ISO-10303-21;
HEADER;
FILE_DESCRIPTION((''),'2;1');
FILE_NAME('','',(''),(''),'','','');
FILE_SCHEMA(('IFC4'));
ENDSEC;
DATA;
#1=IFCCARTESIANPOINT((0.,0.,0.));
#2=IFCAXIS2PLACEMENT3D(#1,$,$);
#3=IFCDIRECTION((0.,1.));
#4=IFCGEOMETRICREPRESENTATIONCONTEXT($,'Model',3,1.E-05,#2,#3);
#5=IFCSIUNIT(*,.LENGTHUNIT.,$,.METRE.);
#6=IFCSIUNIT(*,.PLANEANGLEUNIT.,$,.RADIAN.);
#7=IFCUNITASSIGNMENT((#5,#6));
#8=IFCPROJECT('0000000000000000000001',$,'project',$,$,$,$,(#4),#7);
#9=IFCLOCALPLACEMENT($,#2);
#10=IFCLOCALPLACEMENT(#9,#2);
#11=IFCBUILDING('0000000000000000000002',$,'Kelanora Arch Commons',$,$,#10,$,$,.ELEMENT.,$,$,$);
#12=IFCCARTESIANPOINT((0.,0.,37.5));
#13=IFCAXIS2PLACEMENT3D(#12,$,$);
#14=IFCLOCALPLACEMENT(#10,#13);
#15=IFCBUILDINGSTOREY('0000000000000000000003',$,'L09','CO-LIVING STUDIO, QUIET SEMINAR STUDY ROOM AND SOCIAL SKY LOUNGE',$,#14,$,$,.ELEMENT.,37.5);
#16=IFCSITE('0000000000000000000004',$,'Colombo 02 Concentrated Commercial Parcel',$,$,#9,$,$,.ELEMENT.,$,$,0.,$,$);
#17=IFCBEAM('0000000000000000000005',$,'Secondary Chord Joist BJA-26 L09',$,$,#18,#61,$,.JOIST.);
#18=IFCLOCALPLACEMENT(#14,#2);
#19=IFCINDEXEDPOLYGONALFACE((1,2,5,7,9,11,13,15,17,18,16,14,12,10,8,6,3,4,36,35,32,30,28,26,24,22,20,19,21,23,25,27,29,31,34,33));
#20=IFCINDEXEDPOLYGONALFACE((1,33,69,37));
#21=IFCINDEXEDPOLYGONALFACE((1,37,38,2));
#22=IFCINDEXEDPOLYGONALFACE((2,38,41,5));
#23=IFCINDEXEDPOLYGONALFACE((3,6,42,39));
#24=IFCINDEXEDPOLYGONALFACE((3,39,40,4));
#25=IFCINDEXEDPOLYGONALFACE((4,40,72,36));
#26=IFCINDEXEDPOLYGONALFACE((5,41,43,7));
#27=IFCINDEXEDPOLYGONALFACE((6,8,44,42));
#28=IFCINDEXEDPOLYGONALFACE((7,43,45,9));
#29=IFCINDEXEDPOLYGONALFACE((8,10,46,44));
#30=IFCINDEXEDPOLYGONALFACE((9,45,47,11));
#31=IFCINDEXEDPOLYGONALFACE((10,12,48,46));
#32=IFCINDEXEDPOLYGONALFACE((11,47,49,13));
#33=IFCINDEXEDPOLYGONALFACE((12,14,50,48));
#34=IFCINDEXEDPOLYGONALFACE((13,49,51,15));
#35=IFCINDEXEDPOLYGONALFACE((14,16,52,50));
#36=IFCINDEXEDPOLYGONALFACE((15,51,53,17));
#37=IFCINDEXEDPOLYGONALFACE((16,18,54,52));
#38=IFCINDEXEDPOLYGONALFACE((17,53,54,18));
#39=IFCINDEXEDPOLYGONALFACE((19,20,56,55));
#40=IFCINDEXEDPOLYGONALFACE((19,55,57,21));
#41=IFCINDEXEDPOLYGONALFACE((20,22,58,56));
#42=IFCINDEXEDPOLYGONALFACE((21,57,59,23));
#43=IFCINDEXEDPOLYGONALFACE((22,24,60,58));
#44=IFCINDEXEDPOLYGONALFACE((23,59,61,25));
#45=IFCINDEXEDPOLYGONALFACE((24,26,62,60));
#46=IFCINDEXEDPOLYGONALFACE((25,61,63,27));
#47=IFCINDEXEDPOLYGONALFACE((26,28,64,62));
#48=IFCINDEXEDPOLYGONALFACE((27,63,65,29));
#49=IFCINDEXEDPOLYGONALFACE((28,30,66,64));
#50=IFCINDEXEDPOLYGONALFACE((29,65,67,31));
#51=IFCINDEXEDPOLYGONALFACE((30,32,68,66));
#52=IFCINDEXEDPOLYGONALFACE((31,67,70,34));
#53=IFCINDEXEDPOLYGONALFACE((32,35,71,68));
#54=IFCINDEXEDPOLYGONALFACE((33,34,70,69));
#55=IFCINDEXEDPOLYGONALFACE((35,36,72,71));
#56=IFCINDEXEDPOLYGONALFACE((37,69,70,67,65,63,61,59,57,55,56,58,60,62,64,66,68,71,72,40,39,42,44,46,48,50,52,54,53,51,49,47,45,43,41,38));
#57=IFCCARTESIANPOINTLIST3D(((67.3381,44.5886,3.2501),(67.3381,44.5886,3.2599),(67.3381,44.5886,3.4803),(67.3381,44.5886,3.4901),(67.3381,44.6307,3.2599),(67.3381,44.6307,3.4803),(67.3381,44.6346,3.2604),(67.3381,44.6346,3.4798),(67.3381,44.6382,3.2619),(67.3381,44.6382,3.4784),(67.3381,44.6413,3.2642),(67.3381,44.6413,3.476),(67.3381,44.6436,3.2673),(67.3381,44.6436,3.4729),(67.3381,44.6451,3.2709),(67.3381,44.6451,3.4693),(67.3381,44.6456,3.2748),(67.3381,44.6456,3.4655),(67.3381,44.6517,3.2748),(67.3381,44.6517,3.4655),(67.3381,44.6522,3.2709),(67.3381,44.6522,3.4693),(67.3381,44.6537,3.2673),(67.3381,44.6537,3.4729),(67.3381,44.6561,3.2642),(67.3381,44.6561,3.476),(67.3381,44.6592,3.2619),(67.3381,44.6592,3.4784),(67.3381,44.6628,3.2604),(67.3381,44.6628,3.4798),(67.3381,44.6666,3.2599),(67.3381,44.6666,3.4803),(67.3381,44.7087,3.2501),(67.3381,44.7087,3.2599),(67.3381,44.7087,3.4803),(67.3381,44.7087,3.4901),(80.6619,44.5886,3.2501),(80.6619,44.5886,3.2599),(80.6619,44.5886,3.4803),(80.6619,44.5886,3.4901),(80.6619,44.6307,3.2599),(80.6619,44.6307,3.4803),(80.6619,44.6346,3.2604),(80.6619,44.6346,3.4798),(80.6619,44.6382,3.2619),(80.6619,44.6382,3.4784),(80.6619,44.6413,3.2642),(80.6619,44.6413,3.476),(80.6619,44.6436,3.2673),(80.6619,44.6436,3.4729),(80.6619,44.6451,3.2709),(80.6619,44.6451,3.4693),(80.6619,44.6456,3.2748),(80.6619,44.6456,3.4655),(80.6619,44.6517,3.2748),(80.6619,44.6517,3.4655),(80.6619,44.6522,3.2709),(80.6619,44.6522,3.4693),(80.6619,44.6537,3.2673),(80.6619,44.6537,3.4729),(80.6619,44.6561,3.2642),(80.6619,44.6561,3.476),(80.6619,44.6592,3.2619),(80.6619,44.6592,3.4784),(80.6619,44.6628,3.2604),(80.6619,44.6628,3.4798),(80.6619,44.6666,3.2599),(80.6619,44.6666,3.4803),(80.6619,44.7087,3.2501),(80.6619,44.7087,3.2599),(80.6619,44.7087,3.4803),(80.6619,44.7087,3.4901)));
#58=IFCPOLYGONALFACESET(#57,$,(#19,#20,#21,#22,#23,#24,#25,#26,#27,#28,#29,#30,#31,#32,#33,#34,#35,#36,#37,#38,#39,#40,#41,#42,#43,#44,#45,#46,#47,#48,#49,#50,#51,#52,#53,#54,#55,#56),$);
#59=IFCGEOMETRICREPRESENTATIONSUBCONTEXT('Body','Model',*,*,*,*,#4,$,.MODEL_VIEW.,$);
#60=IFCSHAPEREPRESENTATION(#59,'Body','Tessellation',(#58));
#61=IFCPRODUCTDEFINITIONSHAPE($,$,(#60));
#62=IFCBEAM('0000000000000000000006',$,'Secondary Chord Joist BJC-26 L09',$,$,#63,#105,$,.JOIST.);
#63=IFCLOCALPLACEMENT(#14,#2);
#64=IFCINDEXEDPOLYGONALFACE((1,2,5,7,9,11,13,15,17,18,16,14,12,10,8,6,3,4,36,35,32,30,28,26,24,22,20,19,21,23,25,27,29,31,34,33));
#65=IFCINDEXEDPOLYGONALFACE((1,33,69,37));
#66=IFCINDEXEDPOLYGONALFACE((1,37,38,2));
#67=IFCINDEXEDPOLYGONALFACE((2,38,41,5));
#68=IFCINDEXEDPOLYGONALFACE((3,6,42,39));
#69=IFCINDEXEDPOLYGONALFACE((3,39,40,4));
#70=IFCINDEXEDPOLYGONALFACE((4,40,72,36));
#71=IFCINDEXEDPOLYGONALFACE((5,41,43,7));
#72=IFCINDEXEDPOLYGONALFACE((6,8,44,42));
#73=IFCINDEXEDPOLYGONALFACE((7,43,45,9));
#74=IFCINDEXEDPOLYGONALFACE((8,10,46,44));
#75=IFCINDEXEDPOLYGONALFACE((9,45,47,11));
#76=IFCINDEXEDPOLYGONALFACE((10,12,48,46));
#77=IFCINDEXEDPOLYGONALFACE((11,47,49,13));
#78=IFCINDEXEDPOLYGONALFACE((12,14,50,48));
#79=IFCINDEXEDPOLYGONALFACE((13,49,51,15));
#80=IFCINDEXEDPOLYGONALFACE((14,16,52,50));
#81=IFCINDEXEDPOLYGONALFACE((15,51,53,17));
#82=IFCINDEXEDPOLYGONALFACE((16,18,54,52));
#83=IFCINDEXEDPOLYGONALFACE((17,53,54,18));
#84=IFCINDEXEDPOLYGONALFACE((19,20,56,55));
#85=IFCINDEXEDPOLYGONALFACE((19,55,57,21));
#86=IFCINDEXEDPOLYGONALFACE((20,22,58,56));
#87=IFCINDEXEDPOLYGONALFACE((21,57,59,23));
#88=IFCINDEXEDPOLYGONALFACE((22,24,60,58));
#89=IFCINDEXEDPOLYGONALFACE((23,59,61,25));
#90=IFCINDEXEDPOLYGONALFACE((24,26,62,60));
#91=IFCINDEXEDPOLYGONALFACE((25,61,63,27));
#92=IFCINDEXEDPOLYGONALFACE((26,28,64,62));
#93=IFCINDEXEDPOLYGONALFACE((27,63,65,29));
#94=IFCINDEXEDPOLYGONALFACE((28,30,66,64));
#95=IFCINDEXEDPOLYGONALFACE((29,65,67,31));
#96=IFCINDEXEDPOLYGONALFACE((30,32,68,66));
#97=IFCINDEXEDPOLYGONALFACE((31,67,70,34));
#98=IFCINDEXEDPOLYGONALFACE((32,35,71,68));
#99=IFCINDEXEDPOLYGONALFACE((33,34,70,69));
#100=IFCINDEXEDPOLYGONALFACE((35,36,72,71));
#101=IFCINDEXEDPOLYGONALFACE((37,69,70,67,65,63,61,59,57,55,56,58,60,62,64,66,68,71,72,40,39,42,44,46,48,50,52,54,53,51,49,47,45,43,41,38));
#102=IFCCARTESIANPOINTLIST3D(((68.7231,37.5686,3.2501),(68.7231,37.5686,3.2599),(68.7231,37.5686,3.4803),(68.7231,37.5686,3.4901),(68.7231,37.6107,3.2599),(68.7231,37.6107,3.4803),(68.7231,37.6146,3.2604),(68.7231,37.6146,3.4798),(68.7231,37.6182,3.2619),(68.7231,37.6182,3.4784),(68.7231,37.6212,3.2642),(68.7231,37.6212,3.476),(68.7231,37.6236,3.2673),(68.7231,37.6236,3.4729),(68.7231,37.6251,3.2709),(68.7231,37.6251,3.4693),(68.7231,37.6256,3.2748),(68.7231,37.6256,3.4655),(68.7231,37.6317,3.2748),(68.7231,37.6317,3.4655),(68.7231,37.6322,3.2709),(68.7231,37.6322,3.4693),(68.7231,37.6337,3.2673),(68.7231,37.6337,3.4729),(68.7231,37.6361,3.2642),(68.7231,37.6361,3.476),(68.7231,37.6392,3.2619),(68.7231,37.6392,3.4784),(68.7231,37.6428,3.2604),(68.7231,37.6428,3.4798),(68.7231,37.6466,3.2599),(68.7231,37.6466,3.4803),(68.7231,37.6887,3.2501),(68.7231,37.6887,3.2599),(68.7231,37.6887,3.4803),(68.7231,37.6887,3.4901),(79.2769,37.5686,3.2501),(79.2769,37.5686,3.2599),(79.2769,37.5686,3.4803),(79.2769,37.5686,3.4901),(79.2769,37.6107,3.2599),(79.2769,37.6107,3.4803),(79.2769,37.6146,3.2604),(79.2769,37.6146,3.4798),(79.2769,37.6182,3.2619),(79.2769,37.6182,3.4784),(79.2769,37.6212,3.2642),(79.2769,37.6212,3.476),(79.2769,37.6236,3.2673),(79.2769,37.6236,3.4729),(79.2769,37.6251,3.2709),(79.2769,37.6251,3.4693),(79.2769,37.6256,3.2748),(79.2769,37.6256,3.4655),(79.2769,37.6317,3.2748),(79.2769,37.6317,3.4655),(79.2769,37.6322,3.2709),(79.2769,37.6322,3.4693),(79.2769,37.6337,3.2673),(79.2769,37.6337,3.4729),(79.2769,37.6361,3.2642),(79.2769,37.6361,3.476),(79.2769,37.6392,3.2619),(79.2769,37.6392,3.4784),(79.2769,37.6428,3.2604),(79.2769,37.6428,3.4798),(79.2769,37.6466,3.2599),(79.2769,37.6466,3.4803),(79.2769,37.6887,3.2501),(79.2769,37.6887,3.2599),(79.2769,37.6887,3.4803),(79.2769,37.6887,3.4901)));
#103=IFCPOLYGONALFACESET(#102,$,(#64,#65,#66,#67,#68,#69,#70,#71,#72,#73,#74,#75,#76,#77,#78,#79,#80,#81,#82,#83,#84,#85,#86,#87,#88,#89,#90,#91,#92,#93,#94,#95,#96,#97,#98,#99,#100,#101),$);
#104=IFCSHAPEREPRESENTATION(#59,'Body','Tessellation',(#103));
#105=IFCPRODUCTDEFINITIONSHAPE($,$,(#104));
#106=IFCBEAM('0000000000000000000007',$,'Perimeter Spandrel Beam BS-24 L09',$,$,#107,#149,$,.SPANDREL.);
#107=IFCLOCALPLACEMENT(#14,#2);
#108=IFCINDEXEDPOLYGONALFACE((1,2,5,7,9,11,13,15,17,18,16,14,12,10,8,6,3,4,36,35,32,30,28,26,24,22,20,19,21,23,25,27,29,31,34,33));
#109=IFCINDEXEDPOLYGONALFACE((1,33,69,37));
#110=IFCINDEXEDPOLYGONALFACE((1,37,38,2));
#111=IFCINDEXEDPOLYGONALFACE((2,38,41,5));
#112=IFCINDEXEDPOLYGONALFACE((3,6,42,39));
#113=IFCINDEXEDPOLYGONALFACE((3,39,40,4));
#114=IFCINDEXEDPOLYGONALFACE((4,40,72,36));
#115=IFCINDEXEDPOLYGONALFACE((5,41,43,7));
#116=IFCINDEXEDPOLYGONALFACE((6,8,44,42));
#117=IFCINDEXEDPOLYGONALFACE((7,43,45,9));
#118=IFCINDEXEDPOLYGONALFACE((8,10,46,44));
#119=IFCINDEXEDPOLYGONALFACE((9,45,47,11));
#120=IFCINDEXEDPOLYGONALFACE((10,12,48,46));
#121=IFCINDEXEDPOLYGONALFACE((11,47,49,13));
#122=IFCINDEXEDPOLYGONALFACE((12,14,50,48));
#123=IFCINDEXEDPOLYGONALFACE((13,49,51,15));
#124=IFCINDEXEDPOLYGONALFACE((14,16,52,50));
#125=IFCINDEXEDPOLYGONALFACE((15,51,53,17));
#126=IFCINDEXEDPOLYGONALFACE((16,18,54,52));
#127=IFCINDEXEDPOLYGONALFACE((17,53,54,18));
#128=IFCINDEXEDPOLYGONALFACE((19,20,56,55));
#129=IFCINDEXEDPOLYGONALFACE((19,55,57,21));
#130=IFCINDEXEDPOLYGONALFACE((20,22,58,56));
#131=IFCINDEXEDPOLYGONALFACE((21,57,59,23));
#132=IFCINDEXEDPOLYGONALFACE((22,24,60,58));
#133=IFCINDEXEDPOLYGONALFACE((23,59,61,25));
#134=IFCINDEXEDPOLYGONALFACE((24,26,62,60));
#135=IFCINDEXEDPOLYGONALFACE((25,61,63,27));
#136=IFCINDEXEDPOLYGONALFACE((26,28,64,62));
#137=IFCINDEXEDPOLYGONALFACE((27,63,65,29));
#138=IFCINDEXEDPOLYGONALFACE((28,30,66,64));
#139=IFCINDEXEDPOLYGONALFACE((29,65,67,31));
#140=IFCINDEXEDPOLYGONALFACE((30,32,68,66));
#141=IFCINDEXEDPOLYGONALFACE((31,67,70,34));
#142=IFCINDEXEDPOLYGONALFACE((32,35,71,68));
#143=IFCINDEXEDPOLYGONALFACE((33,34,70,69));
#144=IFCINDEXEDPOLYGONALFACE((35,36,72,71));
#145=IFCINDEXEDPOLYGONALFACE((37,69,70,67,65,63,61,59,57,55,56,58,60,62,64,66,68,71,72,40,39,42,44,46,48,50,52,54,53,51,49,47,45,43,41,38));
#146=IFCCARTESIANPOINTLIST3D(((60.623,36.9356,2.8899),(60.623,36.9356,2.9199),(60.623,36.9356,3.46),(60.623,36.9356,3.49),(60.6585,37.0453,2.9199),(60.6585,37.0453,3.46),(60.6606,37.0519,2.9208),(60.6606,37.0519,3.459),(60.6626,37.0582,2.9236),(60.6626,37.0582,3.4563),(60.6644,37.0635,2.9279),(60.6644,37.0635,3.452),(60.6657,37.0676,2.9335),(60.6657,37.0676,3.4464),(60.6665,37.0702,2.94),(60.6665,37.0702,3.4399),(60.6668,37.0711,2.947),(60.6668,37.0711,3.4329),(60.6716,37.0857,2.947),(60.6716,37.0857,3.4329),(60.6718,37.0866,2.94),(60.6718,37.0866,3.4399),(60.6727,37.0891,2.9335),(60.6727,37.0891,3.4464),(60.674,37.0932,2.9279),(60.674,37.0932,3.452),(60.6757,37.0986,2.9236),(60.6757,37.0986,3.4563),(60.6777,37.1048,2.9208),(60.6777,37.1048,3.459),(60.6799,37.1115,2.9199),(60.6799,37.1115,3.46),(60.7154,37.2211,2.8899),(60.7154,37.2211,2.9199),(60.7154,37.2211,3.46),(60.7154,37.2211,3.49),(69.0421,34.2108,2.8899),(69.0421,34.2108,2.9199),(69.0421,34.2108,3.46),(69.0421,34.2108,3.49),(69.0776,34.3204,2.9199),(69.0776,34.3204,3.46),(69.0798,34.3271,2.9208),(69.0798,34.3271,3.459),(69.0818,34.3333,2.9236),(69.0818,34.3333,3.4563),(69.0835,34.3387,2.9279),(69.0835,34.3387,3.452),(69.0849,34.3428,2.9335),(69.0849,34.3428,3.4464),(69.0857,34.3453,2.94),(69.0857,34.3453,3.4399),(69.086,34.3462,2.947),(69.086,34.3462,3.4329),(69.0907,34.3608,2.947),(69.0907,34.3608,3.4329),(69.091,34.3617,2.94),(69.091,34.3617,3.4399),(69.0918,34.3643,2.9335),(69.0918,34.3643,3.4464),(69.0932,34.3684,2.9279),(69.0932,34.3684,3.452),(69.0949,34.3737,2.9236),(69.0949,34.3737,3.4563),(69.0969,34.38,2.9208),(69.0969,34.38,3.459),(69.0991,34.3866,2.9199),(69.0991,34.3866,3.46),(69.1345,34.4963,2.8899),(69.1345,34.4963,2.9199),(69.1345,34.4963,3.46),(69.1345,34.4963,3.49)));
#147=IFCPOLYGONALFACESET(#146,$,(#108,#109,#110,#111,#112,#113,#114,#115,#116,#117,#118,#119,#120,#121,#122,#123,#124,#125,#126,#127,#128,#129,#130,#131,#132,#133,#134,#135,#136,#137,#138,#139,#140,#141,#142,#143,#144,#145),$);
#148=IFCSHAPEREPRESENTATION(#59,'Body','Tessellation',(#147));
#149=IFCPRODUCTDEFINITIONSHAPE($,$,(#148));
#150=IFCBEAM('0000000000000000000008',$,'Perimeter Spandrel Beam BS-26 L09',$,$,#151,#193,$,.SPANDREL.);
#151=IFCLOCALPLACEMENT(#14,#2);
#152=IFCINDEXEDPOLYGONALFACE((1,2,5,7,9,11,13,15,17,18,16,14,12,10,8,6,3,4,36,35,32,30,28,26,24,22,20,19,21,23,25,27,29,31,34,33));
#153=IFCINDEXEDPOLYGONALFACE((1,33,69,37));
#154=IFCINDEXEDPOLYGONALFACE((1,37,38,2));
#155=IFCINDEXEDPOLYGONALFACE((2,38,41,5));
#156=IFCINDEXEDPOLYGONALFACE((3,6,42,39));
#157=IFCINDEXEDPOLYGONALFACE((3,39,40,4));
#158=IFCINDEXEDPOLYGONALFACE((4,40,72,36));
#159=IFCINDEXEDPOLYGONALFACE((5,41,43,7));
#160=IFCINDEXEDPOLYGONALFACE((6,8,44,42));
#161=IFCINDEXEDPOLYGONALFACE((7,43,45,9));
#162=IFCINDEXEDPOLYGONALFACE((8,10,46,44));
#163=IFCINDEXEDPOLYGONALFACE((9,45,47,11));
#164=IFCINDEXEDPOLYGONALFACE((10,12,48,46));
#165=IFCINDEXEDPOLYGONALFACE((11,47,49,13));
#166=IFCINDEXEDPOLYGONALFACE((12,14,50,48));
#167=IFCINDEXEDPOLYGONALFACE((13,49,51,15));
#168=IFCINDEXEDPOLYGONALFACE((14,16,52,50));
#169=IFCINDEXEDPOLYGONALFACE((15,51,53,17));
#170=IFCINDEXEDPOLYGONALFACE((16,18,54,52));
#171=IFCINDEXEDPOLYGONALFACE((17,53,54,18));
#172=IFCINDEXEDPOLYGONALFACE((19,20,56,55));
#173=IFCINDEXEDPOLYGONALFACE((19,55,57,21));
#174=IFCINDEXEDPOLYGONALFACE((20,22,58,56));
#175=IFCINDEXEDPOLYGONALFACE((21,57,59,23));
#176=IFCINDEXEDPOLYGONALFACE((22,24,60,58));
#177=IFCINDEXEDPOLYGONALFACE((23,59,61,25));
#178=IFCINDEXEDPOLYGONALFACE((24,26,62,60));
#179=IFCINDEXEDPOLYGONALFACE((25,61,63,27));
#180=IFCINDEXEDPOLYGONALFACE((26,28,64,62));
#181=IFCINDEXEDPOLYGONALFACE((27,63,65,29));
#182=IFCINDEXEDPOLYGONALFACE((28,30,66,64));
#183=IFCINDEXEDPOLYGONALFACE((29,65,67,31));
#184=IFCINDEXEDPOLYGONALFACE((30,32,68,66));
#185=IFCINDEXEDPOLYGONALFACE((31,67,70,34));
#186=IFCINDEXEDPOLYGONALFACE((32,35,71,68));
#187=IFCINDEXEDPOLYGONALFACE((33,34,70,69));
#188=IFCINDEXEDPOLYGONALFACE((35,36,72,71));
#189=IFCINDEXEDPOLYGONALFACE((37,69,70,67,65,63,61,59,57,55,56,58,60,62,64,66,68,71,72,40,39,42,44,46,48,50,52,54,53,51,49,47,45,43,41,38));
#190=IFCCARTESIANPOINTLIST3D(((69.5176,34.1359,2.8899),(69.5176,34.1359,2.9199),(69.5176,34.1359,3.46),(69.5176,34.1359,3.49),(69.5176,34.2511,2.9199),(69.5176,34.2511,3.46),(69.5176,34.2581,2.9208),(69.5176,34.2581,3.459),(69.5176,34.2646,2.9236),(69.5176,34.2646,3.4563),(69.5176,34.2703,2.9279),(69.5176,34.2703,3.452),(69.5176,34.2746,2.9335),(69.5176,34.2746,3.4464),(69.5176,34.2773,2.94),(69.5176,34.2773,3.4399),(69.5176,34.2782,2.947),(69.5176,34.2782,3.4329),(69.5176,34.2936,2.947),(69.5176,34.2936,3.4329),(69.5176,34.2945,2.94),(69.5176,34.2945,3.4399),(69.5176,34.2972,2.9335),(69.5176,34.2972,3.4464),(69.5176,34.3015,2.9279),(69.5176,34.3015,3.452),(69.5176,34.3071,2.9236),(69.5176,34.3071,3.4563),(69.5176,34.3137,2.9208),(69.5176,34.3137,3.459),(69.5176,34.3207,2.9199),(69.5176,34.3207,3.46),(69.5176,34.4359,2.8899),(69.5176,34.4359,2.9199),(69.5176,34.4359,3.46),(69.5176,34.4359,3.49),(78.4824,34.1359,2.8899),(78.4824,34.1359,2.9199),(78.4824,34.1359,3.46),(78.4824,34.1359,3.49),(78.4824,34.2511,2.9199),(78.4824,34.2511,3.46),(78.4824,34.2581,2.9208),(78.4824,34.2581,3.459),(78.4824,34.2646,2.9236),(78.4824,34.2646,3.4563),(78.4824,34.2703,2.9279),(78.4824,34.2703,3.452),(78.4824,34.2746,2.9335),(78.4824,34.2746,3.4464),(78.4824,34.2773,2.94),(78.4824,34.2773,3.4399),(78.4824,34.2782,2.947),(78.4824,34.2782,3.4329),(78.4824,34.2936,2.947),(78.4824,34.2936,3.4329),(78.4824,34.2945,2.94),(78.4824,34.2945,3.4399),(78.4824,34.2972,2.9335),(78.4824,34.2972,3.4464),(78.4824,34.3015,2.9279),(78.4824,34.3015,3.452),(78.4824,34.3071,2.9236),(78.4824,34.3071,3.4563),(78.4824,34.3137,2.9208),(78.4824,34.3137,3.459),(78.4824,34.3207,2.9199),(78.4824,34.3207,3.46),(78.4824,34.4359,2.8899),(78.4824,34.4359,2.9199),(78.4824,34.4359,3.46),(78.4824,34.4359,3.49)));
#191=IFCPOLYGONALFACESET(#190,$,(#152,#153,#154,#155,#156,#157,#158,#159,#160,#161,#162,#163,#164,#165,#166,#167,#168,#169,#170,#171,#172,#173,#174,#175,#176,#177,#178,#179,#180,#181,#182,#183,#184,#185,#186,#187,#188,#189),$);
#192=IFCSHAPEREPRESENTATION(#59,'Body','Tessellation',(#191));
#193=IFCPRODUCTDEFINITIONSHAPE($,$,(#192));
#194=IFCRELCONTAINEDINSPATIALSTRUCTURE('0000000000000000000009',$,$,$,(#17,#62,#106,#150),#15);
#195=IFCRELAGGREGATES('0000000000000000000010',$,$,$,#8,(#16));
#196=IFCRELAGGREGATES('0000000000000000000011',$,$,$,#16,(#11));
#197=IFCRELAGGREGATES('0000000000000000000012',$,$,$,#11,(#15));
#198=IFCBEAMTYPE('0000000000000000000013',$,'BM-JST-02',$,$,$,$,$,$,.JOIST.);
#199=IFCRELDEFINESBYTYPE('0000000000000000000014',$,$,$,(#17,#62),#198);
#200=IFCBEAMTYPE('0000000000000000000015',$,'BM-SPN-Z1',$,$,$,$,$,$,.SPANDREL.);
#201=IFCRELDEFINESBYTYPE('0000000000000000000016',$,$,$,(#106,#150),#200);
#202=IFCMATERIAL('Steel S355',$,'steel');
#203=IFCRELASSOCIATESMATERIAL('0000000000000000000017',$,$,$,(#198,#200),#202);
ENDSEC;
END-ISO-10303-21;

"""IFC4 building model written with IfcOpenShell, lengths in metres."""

from ifc_helpers import new_model, si_unit, direction, frame, origin, origin_2d, place, context, subcontext, project, spatial, i_section, extrude, material, material_profile, profile_set, type_object, element, save


model = new_model("IFC4")

# Units and contexts
model_context = context("Model", 3, precision=1e-05, world=origin(), true_north=direction((0.0, 1.0)))
body_context = subcontext(model_context, "Body", "Model", "MODEL_VIEW")
ifc_project = project(units=[si_unit("LENGTHUNIT", "METRE"), si_unit("PLANEANGLEUNIT", "RADIAN")], contexts=[model_context])

# Site, building, storey
site_placement = place(None, origin())
site = spatial("IfcSite", under=ifc_project, at=site_placement, Name="Colombo 02 Concentrated Commercial Parcel", CompositionType="ELEMENT", RefElevation=0.0)
building_placement = place(site_placement, origin())
building = spatial("IfcBuilding", under=site, at=building_placement, Name="Kelanora Arch Commons", CompositionType="ELEMENT")
storey_placement = place(building_placement, frame((0.0, 0.0, 37.5)))
storey = spatial("IfcBuildingStorey", under=building, at=storey_placement, Name="L09", Description="CO-LIVING STUDIO, QUIET SEMINAR STUDY ROOM AND SOCIAL SKY LOUNGE", CompositionType="ELEMENT", Elevation=37.5)

# Beams
ifc_material_1 = material(Name="Steel S355", Category="steel")
ifc_material_profile_1 = material_profile(ifc_material_1, i_section(OverallWidth=0.1201, OverallDepth=0.24, WebThickness=0.0061, FlangeThickness=0.0098, FilletRadius=0.0149, at=origin_2d()), Name="IPE240")
ifc_profile_set_1 = profile_set([ifc_material_profile_1], Name="Steel S355")
beam_type_1 = type_object("IfcBeamType", Name="BM-JST-02", PredefinedType="JOIST", material=ifc_profile_set_1)
beam_1_placement = place(storey_placement, frame((67.3381, 44.6487, 3.3701), z_axis=(1.0, 0.0, 0.0), x_axis=(0.0, 1.0, 0.0)))
element("IfcBeam", 1, at=beam_1_placement, inside=storey, type_object=beam_type_1, Name="Secondary Chord Joist BJA-26 L09", PredefinedType="JOIST", context=body_context, shape_type="SweptSolid", body=[
    extrude(i_section(OverallWidth=0.1201, OverallDepth=0.24, WebThickness=0.0061, FlangeThickness=0.0098, FilletRadius=0.0149, at=origin_2d()), origin(), (0.0, 0.0, 1.0), 13.3237),
])
beam_2_placement = place(storey_placement, frame((68.7231, 37.6287, 3.3701), z_axis=(1.0, 0.0, 0.0), x_axis=(0.0, 1.0, 0.0)))
element("IfcBeam", 2, at=beam_2_placement, inside=storey, type_object=beam_type_1, Name="Secondary Chord Joist BJC-26 L09", PredefinedType="JOIST", context=body_context, shape_type="SweptSolid", body=[
    extrude(i_section(OverallWidth=0.1201, OverallDepth=0.24, WebThickness=0.0061, FlangeThickness=0.0098, FilletRadius=0.0149, at=origin_2d()), origin(), (0.0, 0.0, 1.0), 10.5537),
])
ifc_material_profile_2 = material_profile(ifc_material_1, i_section(OverallWidth=0.3, OverallDepth=0.6001, WebThickness=0.0154, FlangeThickness=0.03, FilletRadius=0.0271, at=origin_2d()), Name="HEB600")
ifc_profile_set_2 = profile_set([ifc_material_profile_2], Name="Steel S355")
beam_type_2 = type_object("IfcBeamType", Name="BM-SPN-Z1", PredefinedType="SPANDREL", material=ifc_profile_set_2)
beam_3_placement = place(storey_placement, frame((60.6692, 37.0784, 3.1899), z_axis=(0.951411, -0.307922, 0.0), x_axis=(0.307922, 0.951411, 0.0)))
element("IfcBeam", 3, at=beam_3_placement, inside=storey, type_object=beam_type_2, Name="Perimeter Spandrel Beam BS-24 L09", PredefinedType="SPANDREL", context=body_context, shape_type="SweptSolid", body=[
    extrude(i_section(OverallWidth=0.3, OverallDepth=0.6001, WebThickness=0.0154, FlangeThickness=0.03, FilletRadius=0.0271, at=origin_2d()), origin(), (0.0, 0.0, 1.0), 8.8491),
])
beam_4_placement = place(storey_placement, frame((69.5176, 34.2859, 3.1899), z_axis=(1.0, 0.0, 0.0), x_axis=(0.0, 1.0, 0.0)))
element("IfcBeam", 4, at=beam_4_placement, inside=storey, type_object=beam_type_2, Name="Perimeter Spandrel Beam BS-26 L09", PredefinedType="SPANDREL", context=body_context, shape_type="SweptSolid", body=[
    extrude(i_section(OverallWidth=0.3, OverallDepth=0.6001, WebThickness=0.0154, FlangeThickness=0.03, FilletRadius=0.0271, at=origin_2d()), origin(), (0.0, 0.0, 1.0), 8.9648),
])

save(model, "model.ifc")
